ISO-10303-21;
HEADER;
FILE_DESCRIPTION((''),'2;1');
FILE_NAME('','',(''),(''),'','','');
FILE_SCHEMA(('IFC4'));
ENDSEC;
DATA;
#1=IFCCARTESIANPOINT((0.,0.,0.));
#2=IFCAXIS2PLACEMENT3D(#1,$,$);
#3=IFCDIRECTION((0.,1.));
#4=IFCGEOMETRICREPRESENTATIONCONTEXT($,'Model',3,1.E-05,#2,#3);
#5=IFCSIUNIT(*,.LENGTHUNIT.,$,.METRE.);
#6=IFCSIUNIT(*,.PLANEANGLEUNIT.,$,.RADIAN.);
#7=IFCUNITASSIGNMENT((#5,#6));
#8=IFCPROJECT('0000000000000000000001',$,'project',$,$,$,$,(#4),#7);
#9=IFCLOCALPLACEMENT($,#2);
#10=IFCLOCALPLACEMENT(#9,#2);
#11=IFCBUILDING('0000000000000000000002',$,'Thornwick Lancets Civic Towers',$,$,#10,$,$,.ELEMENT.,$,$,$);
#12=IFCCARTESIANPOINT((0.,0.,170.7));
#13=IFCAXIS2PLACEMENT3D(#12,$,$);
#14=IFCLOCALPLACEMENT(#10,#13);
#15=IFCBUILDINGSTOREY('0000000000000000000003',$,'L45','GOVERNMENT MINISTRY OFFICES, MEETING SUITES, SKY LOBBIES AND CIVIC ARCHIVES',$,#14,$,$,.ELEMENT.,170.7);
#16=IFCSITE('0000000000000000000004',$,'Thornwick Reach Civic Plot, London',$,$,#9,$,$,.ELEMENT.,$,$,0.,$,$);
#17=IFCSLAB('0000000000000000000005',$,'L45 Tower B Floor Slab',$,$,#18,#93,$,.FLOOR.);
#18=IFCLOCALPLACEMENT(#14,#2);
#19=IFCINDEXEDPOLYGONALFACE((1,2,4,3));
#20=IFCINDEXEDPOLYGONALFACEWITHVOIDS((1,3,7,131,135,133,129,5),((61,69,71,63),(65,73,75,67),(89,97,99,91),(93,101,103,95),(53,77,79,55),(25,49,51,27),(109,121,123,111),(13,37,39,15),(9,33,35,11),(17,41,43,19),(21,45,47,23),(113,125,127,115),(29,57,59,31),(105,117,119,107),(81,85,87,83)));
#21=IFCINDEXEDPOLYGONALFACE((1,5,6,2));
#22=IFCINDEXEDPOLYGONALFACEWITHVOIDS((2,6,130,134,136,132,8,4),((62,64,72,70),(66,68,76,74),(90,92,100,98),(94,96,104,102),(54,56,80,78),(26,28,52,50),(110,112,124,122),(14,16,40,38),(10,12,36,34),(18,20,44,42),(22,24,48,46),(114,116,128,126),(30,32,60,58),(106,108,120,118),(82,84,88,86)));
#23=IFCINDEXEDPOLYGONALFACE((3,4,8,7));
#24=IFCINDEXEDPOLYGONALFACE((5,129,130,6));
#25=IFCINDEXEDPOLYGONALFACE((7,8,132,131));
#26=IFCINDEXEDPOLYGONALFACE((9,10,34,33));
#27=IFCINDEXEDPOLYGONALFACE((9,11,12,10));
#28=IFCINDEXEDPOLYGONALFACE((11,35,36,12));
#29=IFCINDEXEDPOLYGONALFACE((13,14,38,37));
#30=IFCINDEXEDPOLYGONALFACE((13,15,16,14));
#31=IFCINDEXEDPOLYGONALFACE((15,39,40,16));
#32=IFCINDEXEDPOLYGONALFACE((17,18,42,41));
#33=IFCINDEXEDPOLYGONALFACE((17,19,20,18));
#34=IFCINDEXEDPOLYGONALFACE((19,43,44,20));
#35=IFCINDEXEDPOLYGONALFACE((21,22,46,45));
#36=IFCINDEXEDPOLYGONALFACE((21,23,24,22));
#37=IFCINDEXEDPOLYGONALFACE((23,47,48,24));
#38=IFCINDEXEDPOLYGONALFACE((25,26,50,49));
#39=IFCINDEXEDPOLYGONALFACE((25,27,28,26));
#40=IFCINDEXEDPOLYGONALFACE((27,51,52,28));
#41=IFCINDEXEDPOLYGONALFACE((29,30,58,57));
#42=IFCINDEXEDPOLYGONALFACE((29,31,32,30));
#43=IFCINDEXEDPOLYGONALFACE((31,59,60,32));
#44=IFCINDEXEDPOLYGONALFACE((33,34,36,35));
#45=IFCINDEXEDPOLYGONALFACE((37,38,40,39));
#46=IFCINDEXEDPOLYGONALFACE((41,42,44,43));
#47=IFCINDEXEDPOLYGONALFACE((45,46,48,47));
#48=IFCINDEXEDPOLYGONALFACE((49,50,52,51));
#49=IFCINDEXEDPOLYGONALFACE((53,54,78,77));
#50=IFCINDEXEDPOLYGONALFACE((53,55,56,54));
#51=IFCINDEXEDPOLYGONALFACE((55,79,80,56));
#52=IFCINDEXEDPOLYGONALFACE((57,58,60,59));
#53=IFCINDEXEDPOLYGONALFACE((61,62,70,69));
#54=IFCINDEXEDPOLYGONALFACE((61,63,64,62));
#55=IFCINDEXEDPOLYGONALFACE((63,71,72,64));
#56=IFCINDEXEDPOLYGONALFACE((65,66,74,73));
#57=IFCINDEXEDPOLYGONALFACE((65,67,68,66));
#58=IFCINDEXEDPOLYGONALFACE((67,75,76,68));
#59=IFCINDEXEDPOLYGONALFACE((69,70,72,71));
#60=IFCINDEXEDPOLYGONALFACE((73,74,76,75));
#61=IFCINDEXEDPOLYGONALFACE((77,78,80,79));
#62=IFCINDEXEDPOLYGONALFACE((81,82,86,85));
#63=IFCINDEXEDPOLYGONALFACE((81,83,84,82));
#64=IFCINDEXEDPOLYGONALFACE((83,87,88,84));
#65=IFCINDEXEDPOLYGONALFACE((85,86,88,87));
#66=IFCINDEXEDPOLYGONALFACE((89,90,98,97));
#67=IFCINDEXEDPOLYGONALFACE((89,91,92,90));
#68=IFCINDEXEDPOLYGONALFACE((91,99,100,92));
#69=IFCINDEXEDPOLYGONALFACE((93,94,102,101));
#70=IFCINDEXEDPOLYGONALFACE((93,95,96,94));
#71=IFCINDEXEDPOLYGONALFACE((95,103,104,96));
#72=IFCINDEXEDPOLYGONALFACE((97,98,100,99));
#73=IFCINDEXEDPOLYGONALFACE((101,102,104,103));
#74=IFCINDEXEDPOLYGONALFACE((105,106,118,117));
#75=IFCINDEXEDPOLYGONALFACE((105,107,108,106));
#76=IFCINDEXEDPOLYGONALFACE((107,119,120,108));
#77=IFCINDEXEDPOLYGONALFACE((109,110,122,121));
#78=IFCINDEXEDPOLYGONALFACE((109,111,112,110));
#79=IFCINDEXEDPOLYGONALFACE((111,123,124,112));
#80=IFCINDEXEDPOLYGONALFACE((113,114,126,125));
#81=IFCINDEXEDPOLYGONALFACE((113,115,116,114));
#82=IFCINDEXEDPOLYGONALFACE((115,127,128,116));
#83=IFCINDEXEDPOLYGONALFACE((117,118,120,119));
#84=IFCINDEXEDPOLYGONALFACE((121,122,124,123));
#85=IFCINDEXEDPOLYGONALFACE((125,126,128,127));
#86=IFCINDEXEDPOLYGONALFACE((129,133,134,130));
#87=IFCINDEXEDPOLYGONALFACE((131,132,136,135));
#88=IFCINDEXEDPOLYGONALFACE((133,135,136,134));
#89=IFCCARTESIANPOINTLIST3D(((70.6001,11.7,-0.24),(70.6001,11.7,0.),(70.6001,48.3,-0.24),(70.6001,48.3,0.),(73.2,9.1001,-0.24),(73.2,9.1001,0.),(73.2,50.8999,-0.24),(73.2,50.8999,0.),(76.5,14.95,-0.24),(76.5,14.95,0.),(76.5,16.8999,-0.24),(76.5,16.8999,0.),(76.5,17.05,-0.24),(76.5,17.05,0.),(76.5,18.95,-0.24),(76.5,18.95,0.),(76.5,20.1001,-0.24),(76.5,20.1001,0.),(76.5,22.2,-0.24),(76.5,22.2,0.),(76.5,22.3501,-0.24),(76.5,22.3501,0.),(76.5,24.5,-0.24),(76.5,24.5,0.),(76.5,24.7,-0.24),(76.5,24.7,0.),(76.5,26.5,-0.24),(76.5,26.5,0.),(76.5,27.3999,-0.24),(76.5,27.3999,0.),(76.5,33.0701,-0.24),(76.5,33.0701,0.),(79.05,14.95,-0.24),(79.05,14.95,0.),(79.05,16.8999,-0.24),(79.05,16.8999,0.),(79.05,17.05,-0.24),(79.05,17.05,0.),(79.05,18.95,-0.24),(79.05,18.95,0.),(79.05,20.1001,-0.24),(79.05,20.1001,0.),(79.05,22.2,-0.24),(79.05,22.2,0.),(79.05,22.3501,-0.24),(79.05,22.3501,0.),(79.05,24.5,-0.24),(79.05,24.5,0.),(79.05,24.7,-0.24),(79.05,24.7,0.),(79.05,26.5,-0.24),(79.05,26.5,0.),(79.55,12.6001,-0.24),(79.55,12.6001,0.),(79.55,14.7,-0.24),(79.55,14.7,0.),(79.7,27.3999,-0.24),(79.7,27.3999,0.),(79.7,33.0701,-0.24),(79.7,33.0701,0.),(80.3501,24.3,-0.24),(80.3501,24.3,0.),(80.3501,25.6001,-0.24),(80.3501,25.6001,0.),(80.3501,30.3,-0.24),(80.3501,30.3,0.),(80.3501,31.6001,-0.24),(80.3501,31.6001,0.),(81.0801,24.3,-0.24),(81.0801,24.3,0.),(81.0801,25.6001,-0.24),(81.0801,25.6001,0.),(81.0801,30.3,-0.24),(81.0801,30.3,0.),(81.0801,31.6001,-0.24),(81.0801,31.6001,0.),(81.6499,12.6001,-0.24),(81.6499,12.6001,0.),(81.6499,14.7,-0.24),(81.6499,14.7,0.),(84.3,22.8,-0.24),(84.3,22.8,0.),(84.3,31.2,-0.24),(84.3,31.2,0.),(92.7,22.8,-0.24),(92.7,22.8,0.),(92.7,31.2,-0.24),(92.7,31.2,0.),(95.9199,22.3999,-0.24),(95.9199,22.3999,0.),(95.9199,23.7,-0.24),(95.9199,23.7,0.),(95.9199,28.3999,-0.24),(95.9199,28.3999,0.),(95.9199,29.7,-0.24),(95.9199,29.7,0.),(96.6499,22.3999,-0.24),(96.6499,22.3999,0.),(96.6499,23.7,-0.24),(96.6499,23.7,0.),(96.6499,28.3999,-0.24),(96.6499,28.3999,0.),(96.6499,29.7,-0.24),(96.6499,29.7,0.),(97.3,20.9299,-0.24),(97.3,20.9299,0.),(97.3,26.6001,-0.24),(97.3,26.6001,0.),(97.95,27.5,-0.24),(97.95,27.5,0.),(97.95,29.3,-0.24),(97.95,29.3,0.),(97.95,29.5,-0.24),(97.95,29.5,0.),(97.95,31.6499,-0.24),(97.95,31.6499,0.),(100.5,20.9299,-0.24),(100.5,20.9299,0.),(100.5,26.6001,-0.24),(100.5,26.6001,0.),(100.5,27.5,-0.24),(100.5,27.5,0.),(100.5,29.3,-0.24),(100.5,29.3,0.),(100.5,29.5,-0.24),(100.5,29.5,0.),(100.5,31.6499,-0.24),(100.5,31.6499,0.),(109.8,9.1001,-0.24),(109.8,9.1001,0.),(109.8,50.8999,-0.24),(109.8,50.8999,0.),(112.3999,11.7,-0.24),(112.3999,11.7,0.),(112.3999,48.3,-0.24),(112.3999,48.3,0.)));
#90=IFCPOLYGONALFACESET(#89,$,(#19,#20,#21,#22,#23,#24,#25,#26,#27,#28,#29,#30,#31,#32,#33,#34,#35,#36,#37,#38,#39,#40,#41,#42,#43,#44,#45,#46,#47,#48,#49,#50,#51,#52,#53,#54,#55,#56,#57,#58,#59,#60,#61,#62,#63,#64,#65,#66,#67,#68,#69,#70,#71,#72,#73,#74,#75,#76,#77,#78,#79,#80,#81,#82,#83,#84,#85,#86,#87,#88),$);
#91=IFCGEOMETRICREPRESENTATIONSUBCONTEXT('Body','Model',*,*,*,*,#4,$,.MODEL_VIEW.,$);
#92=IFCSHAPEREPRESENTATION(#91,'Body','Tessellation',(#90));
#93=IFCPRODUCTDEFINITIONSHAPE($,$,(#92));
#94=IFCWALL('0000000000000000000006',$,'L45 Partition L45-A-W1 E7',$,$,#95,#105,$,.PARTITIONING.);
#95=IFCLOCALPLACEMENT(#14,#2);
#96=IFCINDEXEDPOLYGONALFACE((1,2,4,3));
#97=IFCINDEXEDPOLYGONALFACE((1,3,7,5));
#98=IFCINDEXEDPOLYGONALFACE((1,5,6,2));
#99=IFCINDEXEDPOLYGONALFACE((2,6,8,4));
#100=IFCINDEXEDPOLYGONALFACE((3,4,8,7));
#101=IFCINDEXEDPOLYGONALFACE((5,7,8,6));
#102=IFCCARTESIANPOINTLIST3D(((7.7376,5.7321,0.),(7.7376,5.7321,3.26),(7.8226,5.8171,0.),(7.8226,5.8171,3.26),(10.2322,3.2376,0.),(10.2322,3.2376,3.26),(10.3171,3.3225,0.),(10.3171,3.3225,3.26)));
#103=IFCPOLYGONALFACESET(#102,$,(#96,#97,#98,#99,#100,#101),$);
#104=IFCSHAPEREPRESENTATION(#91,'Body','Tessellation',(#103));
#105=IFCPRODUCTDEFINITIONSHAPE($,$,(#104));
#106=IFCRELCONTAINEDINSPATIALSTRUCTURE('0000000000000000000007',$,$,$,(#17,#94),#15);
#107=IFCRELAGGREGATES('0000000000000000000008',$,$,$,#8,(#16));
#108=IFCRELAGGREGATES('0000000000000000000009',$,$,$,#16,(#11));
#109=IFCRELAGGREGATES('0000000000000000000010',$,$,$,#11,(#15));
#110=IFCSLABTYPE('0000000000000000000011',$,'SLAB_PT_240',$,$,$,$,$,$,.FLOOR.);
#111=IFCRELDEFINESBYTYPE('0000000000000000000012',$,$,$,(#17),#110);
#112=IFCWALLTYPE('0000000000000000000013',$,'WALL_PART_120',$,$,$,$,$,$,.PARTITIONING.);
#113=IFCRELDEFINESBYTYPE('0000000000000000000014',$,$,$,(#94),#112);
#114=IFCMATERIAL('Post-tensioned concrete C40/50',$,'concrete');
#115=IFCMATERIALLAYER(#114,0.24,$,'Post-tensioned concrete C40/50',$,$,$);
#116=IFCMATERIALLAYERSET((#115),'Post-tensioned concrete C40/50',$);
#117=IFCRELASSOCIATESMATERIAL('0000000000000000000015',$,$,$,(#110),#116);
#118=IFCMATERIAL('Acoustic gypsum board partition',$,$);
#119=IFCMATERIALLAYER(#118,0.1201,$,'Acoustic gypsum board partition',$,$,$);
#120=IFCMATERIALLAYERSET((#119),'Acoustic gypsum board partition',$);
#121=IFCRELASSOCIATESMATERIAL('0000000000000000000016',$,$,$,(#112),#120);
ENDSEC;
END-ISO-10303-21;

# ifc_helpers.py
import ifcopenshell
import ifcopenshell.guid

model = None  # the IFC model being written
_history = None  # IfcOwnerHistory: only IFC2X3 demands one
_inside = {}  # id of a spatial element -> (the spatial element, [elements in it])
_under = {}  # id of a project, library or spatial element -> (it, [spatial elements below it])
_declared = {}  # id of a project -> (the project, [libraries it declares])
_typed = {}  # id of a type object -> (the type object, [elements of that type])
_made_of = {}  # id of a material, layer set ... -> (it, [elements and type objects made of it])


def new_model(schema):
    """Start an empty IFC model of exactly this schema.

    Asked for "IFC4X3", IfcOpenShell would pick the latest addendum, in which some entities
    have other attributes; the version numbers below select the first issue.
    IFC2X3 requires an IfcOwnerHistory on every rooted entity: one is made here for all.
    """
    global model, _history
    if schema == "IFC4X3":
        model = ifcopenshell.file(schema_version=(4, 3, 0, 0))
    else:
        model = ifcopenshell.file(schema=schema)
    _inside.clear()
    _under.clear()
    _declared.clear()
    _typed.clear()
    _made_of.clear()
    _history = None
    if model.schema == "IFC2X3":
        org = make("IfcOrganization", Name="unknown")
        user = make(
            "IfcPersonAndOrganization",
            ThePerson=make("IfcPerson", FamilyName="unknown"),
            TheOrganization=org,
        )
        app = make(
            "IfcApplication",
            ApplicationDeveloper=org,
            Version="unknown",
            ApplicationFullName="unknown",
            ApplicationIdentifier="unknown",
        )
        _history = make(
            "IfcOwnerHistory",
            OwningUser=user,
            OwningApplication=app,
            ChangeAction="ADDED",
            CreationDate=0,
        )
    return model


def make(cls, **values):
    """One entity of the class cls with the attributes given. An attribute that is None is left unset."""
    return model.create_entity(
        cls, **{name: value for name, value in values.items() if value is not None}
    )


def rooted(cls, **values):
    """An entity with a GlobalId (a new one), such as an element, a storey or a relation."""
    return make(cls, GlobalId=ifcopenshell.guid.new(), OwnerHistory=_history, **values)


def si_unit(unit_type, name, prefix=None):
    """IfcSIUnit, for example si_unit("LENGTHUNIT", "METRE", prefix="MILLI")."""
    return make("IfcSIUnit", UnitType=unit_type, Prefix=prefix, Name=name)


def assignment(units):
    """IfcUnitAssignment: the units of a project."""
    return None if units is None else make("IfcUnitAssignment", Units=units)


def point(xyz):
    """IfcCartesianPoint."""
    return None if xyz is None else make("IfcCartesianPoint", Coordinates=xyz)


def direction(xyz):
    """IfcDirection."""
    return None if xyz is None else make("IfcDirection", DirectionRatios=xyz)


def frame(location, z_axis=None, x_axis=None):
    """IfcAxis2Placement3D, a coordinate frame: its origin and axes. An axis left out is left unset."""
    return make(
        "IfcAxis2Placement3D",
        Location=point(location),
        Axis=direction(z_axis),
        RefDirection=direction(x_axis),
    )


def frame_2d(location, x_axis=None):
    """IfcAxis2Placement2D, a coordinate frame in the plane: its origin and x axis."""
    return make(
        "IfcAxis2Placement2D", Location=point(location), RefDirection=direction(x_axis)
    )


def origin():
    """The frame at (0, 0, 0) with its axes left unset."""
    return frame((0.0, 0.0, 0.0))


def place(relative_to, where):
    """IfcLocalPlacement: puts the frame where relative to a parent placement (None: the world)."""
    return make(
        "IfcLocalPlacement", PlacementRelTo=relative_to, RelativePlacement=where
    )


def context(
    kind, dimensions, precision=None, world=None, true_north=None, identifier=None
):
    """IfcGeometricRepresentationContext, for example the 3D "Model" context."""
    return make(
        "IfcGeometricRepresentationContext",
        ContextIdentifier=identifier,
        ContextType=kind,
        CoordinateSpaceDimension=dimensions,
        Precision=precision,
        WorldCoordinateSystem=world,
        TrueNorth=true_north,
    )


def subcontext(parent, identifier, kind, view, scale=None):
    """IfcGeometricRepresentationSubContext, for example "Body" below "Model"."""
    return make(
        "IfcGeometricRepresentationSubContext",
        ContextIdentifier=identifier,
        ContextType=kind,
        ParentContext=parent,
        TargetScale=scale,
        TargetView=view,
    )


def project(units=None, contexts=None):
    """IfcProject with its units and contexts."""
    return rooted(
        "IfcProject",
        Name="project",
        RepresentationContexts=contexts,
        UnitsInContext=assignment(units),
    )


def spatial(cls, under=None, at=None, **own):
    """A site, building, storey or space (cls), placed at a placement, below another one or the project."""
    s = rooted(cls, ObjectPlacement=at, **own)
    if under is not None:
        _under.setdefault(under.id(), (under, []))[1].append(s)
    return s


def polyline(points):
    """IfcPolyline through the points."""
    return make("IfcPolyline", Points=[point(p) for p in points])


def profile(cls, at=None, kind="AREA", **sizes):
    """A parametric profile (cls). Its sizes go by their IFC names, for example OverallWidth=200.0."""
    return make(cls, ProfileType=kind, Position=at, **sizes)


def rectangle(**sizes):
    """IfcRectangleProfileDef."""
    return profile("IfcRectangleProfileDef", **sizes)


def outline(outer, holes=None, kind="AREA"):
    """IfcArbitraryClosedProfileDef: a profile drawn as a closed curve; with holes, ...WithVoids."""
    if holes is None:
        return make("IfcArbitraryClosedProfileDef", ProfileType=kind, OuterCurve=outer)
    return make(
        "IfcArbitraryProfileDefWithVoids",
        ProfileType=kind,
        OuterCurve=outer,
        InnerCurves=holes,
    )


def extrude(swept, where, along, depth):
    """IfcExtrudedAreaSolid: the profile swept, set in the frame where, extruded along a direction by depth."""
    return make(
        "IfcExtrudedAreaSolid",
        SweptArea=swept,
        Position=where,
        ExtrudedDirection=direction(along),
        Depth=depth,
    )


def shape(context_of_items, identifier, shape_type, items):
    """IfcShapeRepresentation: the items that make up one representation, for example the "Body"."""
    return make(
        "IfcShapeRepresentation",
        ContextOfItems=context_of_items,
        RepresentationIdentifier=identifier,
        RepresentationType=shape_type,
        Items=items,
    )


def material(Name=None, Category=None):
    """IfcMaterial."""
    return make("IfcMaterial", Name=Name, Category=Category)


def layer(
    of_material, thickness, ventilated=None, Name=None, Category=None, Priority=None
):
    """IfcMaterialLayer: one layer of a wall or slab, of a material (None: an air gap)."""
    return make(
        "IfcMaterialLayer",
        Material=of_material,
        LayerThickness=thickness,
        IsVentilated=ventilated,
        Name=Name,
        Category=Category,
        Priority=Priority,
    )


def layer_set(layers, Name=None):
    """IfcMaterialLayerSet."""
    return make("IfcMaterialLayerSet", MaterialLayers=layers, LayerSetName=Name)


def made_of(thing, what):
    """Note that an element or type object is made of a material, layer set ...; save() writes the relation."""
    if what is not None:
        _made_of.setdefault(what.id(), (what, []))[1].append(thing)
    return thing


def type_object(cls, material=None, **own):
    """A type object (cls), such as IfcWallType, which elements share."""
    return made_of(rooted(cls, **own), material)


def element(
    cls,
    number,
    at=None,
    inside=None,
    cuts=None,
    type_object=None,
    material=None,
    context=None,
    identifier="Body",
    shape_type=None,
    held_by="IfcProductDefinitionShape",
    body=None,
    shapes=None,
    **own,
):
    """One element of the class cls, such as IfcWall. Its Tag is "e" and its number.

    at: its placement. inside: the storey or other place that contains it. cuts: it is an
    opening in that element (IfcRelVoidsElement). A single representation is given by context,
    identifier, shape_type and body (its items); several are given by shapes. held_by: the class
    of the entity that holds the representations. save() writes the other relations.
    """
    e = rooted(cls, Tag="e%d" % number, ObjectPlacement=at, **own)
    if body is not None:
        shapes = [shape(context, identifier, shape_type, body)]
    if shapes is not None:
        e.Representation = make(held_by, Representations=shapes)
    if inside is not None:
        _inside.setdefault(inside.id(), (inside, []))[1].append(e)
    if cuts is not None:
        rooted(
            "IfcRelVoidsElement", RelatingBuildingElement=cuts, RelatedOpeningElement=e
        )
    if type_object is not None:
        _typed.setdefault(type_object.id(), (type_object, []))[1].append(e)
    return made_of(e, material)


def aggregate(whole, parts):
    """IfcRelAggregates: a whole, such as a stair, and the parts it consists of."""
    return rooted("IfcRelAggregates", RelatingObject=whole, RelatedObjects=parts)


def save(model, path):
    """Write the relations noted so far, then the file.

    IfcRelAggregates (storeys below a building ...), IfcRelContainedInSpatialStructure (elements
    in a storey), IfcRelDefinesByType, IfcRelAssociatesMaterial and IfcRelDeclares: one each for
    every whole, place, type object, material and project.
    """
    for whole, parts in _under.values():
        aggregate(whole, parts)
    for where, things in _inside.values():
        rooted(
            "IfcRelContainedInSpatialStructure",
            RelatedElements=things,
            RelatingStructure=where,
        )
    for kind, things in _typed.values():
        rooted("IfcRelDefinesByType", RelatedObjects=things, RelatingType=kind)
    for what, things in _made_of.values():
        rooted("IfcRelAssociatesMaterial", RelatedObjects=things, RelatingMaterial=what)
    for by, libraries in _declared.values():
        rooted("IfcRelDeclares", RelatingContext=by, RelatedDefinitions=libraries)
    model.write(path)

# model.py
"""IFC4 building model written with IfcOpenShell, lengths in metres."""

from ifc_helpers import new_model, si_unit, direction, frame, frame_2d, origin, place, context, subcontext, project, spatial, polyline, rectangle, outline, extrude, material, layer, layer_set, type_object, element, save


model = new_model("IFC4")

# Units and contexts
model_context = context("Model", 3, precision=1e-05, world=origin(), true_north=direction((0.0, 1.0)))
body_context = subcontext(model_context, "Body", "Model", "MODEL_VIEW")
ifc_project = project(units=[si_unit("LENGTHUNIT", "METRE"), si_unit("PLANEANGLEUNIT", "RADIAN")], contexts=[model_context])

# Site, building, storey
site_placement = place(None, origin())
site = spatial("IfcSite", under=ifc_project, at=site_placement, Name="Thornwick Reach Civic Plot, London", CompositionType="ELEMENT", RefElevation=0.0)
building_placement = place(site_placement, origin())
building = spatial("IfcBuilding", under=site, at=building_placement, Name="Thornwick Lancets Civic Towers", CompositionType="ELEMENT")
storey_placement = place(building_placement, frame((0.0, 0.0, 170.7)))
storey = spatial("IfcBuildingStorey", under=building, at=storey_placement, Name="L45", Description="GOVERNMENT MINISTRY OFFICES, MEETING SUITES, SKY LOBBIES AND CIVIC ARCHIVES", CompositionType="ELEMENT", Elevation=170.7)

# Shared definitions
ifc_material_1 = material(Name="Post-tensioned concrete C40/50", Category="concrete")

# Slab
ifc_layer_1 = layer(ifc_material_1, 0.24, Name="Post-tensioned concrete C40/50")
ifc_layer_set_1 = layer_set([ifc_layer_1], Name="Post-tensioned concrete C40/50")
slab_type_1 = type_object("IfcSlabType", Name="SLAB_PT_240", PredefinedType="FLOOR", material=ifc_layer_set_1)
slab_1_placement = place(storey_placement, frame((0.0, 0.0, -0.24)))
element("IfcSlab", 1, at=slab_1_placement, inside=storey, type_object=slab_type_1, Name="L45 Tower B Floor Slab", PredefinedType="FLOOR", context=body_context, shape_type="SweptSolid", body=[
    extrude(outline(polyline([(73.2, 9.1001), (109.8, 9.1001), (112.3999, 11.7), (112.3999, 48.3), (109.8, 50.8999), (73.2, 50.8999), (70.6001, 48.3), (70.6001, 11.7), (73.2, 9.1001)]), holes=[polyline([(84.3, 22.8), (92.7, 22.8), (92.7, 31.2), (84.3, 31.2), (84.3, 22.8)]), polyline([(100.5, 20.9299), (100.5, 26.6001), (97.3, 26.6001), (97.3, 20.9299), (100.5, 20.9299)]), polyline([(76.5, 33.0701), (76.5, 27.3999), (79.7, 27.3999), (79.7, 33.0701), (76.5, 33.0701)]), polyline([(97.95, 27.5), (100.5, 27.5), (100.5, 29.3), (97.95, 29.3), (97.95, 27.5)]), polyline([(97.95, 29.5), (100.5, 29.5), (100.5, 31.6499), (97.95, 31.6499), (97.95, 29.5)]), polyline([(76.5, 24.7), (79.05, 24.7), (79.05, 26.5), (76.5, 26.5), (76.5, 24.7)]), polyline([(76.5, 22.3501), (79.05, 22.3501), (79.05, 24.5), (76.5, 24.5), (76.5, 22.3501)]), polyline([(76.5, 20.1001), (79.05, 20.1001), (79.05, 22.2), (76.5, 22.2), (76.5, 20.1001)]), polyline([(76.5, 17.05), (79.05, 17.05), (79.05, 18.95), (76.5, 18.95), (76.5, 17.05)]), polyline([(76.5, 14.95), (79.05, 14.95), (79.05, 16.8999), (76.5, 16.8999), (76.5, 14.95)]), polyline([(79.55, 12.6001), (81.6499, 12.6001), (81.6499, 14.7), (79.55, 14.7), (79.55, 12.6001)]), polyline([(95.9199, 28.3999), (96.6499, 28.3999), (96.6499, 29.7), (95.9199, 29.7), (95.9199, 28.3999)]), polyline([(95.9199, 22.3999), (96.6499, 22.3999), (96.6499, 23.7), (95.9199, 23.7), (95.9199, 22.3999)]), polyline([(80.3501, 24.3), (81.0801, 24.3), (81.0801, 25.6001), (80.3501, 25.6001), (80.3501, 24.3)]), polyline([(80.3501, 30.3), (81.0801, 30.3), (81.0801, 31.6001), (80.3501, 31.6001), (80.3501, 30.3)])]), origin(), (0.0, 0.0, 1.0), 0.24),
])

# Wall
ifc_material_2 = material(Name="Acoustic gypsum board partition")
ifc_layer_2 = layer(ifc_material_2, 0.1201, Name="Acoustic gypsum board partition")
ifc_layer_set_2 = layer_set([ifc_layer_2], Name="Acoustic gypsum board partition")
wall_type = type_object("IfcWallType", Name="WALL_PART_120", PredefinedType="PARTITIONING", material=ifc_layer_set_2)
wall_placement = place(storey_placement, frame((10.2747, 3.28, 0.0), z_axis=(0.0, 0.0, 1.0), x_axis=(-0.707107, 0.707107, 0.0)))
element("IfcWall", 2, at=wall_placement, inside=storey, type_object=wall_type, Name="L45 Partition L45-A-W1 E7", PredefinedType="PARTITIONING", context=body_context, shape_type="SweptSolid", body=[
    extrude(rectangle(XDim=3.5278, YDim=0.1201, at=frame_2d((1.7639, 0.0))), origin(), (0.0, 0.0, 1.0), 3.26),
])

save(model, "model.ifc")
